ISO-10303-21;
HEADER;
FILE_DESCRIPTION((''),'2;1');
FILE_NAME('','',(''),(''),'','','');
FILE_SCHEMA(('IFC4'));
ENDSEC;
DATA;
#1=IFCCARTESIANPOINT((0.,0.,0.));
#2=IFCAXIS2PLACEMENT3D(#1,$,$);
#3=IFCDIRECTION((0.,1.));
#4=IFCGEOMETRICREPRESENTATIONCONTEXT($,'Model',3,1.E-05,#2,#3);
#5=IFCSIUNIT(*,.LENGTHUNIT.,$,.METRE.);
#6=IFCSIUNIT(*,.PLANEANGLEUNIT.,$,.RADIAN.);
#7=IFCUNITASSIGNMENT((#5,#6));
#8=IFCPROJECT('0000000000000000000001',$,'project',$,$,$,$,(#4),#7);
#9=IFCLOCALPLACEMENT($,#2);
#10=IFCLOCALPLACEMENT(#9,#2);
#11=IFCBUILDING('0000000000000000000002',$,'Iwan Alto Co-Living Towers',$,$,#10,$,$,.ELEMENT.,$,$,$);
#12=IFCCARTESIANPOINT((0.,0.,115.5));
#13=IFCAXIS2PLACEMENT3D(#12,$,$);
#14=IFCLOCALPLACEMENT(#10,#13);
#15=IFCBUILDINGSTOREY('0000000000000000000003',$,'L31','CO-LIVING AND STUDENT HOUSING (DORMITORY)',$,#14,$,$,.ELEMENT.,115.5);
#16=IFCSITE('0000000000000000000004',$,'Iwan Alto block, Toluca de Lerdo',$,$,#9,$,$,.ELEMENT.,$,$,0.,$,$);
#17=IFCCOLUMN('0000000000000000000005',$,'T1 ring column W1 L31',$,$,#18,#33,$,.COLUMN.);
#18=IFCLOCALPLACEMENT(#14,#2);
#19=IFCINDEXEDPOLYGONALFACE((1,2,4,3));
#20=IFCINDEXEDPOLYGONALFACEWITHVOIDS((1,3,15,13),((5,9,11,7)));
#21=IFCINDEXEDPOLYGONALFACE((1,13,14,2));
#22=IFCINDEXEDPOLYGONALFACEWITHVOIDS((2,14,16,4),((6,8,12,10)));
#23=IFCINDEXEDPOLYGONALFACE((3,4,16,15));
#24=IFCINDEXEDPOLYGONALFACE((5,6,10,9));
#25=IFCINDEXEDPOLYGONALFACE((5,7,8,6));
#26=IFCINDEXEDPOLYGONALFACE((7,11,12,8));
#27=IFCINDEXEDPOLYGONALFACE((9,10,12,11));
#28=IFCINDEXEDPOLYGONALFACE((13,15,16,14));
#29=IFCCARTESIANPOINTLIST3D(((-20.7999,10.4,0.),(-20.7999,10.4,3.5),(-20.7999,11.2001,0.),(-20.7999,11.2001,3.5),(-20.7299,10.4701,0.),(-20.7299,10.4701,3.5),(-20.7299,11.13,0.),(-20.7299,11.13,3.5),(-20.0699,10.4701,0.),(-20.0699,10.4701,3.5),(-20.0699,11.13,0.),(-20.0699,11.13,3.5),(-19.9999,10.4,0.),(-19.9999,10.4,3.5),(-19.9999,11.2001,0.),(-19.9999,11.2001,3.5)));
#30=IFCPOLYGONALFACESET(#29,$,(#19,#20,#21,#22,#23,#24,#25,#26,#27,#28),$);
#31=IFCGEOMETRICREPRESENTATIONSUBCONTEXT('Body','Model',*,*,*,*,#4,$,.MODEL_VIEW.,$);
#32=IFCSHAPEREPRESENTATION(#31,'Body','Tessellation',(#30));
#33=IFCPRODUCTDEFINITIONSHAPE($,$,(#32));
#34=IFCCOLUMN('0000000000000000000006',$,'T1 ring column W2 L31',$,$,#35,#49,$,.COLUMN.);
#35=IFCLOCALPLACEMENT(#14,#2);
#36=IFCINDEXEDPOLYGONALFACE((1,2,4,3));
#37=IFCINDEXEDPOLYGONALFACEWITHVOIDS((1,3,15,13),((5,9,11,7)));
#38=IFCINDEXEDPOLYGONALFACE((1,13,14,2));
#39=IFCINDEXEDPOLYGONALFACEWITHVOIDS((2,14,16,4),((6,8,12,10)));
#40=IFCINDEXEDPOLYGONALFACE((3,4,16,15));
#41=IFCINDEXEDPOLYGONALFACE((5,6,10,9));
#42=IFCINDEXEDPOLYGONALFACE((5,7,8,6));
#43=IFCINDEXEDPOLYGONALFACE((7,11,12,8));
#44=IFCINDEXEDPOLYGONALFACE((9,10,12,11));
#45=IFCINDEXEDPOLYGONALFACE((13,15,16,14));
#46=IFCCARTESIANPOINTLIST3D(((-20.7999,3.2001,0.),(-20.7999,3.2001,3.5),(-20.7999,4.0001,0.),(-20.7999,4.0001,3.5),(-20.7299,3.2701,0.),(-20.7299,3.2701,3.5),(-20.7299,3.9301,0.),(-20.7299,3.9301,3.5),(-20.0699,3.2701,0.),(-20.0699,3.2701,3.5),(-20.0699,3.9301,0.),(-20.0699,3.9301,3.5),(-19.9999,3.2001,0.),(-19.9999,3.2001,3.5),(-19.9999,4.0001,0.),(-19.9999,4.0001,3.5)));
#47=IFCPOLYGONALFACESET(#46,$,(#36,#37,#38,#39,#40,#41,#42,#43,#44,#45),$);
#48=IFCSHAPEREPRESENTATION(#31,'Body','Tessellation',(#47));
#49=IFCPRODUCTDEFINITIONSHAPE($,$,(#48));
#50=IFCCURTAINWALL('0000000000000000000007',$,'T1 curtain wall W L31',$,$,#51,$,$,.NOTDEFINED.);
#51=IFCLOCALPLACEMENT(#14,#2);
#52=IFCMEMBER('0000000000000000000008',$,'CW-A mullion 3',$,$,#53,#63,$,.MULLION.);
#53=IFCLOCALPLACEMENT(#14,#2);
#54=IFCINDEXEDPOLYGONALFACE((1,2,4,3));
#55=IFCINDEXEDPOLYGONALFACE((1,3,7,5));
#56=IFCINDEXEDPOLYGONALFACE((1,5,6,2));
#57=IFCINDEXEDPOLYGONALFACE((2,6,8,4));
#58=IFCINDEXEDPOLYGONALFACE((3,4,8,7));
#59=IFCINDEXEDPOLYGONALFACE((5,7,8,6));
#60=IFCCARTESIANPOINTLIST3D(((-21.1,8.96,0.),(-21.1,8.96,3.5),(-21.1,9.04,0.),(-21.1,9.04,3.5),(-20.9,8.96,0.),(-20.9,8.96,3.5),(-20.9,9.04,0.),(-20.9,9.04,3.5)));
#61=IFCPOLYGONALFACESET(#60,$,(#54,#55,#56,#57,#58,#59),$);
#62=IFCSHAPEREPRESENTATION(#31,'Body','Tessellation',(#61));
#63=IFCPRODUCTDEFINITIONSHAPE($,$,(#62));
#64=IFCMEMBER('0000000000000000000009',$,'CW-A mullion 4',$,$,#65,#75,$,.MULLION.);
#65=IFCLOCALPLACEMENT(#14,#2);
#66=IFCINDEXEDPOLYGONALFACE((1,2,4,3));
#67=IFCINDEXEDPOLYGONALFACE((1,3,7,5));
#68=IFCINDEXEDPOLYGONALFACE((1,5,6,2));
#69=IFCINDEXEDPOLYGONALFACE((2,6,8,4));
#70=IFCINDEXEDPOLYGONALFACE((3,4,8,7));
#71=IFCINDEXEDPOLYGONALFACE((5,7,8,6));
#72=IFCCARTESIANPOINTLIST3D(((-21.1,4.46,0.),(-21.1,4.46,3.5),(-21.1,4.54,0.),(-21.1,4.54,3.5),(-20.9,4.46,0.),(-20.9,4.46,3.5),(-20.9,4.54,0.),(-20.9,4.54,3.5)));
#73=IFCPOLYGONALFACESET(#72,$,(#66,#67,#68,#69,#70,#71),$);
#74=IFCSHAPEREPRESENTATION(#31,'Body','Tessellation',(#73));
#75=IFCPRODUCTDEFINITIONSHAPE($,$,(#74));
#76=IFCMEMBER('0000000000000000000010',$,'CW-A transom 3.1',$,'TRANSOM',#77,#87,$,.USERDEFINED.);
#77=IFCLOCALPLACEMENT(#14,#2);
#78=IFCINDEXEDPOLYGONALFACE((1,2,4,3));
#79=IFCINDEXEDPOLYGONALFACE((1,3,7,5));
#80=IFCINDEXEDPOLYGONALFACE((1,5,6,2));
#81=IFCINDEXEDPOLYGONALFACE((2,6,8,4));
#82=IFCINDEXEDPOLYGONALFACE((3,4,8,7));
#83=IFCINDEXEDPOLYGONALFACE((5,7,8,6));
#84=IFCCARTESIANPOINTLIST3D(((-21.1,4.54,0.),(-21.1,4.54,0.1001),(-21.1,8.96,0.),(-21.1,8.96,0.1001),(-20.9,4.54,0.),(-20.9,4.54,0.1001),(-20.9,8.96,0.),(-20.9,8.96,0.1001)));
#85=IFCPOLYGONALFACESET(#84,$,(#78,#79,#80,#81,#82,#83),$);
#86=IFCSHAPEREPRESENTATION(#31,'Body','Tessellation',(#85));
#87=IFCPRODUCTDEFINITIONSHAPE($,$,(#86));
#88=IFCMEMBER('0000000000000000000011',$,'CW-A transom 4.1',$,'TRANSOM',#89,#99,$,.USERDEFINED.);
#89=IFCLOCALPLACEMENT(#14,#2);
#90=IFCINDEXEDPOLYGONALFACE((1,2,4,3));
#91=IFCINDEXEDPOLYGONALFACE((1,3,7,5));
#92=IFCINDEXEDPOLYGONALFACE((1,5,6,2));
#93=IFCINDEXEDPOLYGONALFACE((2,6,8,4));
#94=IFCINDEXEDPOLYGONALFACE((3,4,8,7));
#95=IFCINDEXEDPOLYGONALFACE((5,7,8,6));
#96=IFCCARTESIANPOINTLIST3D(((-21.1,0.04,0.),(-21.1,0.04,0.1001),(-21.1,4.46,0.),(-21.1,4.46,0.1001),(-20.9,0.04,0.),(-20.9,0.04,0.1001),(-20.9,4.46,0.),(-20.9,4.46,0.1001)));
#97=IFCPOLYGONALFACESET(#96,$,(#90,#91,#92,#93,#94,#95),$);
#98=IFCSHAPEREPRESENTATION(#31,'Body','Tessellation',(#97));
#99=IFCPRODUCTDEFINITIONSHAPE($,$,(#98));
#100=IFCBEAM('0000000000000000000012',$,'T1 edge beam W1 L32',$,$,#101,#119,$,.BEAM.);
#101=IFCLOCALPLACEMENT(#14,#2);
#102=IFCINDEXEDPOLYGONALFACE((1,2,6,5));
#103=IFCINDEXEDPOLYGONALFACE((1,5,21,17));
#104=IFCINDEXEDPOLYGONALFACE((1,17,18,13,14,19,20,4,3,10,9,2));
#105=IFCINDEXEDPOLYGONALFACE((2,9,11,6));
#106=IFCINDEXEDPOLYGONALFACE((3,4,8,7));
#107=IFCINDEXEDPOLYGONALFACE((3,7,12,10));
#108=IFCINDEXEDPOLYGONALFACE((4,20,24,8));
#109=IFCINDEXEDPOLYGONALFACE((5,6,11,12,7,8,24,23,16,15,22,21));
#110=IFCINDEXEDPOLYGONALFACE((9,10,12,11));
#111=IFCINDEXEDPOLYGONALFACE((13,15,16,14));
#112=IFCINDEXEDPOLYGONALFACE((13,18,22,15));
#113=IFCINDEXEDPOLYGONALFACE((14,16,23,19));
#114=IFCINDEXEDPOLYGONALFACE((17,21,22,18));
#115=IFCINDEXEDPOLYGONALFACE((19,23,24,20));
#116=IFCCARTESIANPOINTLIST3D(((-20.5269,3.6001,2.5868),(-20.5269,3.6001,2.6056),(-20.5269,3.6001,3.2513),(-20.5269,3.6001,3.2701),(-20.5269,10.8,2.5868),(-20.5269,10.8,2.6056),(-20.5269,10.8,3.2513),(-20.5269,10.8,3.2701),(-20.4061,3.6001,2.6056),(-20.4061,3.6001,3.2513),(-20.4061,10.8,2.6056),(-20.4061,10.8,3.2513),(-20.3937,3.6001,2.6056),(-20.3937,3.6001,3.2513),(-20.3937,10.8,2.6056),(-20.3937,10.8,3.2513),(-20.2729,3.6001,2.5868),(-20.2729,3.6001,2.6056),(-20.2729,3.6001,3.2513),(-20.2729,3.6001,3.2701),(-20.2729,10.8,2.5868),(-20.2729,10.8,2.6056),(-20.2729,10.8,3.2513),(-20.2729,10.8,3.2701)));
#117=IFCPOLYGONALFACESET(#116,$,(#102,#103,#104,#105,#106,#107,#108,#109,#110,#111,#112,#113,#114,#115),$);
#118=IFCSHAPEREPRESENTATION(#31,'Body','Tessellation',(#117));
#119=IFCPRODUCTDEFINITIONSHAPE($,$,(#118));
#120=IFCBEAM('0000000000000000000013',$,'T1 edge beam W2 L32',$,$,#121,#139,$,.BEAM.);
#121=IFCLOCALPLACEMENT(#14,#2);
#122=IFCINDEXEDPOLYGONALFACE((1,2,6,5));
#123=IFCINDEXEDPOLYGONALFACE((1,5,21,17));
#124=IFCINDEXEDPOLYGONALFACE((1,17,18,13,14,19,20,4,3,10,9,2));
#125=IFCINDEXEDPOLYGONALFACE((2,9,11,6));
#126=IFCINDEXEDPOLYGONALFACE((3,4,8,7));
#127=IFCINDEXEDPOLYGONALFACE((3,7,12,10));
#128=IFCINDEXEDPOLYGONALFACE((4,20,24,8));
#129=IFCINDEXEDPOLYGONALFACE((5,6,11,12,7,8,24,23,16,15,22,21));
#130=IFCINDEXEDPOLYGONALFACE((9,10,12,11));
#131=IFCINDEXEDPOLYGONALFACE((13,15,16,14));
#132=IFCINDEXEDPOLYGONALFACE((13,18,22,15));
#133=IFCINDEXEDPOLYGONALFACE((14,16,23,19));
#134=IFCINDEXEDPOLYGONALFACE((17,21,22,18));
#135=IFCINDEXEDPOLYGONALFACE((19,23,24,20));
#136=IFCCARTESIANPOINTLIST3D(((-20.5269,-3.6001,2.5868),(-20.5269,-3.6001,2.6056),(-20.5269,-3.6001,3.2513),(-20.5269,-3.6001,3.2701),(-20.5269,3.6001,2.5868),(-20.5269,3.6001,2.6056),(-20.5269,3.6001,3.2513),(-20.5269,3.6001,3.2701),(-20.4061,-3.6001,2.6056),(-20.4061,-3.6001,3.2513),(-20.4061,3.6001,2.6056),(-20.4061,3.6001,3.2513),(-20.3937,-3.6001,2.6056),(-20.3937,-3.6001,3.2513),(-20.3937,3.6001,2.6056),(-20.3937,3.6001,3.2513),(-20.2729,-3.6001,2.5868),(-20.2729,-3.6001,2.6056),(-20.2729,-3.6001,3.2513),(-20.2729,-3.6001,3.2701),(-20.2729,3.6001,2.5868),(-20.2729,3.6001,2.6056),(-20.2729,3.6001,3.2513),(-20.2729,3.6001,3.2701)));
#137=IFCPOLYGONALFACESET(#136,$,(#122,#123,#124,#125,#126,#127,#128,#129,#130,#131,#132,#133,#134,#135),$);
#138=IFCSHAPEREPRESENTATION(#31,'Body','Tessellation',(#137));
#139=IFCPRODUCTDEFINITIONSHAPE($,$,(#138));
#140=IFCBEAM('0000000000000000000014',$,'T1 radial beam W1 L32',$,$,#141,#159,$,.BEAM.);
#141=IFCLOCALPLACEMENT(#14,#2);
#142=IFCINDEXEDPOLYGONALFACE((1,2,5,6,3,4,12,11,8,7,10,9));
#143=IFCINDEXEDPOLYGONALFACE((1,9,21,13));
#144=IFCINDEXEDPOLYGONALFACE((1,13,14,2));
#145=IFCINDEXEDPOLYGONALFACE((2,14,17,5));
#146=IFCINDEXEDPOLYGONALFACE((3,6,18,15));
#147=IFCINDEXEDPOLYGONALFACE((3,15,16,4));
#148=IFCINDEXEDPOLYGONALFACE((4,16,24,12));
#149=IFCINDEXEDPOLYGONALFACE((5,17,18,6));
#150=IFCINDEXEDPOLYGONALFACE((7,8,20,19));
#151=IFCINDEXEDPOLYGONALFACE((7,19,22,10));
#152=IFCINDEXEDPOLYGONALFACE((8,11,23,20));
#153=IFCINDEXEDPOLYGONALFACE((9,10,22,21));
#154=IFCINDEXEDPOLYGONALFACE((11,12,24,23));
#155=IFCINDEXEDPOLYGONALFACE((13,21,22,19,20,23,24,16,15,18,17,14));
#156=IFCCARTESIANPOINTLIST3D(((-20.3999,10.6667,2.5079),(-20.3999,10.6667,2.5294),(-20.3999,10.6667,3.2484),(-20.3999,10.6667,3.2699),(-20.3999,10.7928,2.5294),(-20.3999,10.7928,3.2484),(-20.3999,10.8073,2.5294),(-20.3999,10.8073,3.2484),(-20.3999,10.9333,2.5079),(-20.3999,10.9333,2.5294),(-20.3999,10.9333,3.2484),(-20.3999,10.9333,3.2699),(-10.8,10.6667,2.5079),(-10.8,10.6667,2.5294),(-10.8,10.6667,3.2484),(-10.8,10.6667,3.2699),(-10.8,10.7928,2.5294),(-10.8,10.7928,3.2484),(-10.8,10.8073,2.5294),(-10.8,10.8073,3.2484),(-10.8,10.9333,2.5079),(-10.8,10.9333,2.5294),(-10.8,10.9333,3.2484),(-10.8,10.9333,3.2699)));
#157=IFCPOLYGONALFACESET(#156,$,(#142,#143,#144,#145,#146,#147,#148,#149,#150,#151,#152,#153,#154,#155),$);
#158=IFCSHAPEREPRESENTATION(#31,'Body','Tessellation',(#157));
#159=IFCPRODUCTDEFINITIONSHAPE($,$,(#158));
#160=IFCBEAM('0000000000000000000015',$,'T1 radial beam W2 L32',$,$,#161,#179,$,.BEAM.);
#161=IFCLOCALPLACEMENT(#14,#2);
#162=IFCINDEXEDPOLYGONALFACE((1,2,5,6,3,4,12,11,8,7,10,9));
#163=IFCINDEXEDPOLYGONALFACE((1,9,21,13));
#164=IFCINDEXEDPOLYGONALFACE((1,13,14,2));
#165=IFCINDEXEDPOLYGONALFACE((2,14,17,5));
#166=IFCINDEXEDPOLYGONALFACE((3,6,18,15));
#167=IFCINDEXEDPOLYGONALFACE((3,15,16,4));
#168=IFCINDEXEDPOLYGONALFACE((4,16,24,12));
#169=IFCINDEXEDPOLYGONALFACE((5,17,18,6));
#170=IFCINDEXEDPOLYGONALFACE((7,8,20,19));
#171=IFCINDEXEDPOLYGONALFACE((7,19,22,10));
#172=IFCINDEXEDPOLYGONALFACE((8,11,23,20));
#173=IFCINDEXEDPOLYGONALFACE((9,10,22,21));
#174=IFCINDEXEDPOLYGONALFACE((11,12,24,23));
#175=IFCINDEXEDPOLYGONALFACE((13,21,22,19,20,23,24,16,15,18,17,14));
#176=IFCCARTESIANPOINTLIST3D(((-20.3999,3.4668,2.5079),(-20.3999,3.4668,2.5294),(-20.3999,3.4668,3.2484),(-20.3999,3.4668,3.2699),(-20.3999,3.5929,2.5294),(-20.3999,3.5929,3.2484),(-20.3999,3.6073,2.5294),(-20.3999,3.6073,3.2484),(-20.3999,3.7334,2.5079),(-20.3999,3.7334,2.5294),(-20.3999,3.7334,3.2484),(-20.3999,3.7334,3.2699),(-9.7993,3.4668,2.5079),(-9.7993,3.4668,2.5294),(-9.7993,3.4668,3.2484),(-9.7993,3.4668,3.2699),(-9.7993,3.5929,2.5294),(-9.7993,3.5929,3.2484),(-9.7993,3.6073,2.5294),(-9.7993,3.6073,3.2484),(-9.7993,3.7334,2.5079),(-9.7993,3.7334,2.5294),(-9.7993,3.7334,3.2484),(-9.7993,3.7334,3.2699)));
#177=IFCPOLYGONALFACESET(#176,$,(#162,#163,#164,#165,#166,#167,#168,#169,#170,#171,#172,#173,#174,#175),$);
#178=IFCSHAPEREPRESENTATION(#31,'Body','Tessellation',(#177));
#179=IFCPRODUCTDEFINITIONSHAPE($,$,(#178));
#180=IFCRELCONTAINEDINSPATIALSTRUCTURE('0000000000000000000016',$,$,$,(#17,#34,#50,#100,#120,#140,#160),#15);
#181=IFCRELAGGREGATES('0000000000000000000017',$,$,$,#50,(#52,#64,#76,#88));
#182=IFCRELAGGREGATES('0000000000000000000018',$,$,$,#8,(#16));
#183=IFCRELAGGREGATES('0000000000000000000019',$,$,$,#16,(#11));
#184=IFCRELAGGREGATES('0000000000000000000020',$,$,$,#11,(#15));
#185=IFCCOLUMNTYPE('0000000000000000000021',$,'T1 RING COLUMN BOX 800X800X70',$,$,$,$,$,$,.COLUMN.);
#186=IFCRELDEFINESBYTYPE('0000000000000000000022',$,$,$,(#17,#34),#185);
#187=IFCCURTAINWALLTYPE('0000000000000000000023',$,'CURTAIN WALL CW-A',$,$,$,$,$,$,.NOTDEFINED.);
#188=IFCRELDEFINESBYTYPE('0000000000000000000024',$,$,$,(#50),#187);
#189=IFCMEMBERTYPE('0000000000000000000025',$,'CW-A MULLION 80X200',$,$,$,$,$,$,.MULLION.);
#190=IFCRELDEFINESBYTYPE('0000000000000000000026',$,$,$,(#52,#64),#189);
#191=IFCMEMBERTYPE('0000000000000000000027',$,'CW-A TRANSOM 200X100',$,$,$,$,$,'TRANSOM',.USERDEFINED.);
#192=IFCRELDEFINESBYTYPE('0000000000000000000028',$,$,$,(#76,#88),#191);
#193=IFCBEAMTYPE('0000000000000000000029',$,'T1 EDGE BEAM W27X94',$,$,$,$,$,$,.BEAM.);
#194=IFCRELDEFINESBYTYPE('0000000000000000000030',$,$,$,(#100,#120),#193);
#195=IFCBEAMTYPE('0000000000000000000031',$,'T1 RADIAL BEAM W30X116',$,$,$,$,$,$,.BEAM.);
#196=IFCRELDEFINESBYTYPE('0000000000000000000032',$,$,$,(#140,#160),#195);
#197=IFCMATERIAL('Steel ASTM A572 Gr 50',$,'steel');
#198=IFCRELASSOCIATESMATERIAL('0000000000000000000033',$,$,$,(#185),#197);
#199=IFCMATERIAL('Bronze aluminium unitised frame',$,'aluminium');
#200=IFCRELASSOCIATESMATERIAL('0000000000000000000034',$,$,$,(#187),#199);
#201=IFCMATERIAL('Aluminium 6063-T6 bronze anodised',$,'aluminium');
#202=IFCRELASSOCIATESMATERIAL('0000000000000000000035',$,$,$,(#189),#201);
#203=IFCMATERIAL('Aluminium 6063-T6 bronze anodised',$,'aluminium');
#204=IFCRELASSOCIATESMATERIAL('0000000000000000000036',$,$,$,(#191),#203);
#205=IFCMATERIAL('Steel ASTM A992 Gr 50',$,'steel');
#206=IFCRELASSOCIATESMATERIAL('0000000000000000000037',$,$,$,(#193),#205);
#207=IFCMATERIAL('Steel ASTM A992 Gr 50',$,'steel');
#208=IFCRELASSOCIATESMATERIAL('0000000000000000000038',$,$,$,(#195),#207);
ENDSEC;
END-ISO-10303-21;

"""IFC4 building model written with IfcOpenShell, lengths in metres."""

from ifc_helpers import new_model, si_unit, direction, frame, origin, origin_2d, place, context, subcontext, project, spatial, rectangle, hollow_rectangle, i_section, extrude, material, material_profile, profile_set, type_object, element, aggregate, save


model = new_model("IFC4")

# Units and contexts
model_context = context("Model", 3, precision=1e-05, world=origin(), true_north=direction((0.0, 1.0)))
body_context = subcontext(model_context, "Body", "Model", "MODEL_VIEW")
ifc_project = project(units=[si_unit("LENGTHUNIT", "METRE"), si_unit("PLANEANGLEUNIT", "RADIAN")], contexts=[model_context])

# Site, building, storey
site_placement = place(None, origin())
site = spatial("IfcSite", under=ifc_project, at=site_placement, Name="Iwan Alto block, Toluca de Lerdo", CompositionType="ELEMENT", RefElevation=0.0)
building_placement = place(site_placement, origin())
building = spatial("IfcBuilding", under=site, at=building_placement, Name="Iwan Alto Co-Living Towers", CompositionType="ELEMENT")
storey_placement = place(building_placement, frame((0.0, 0.0, 115.5)))
storey = spatial("IfcBuildingStorey", under=building, at=storey_placement, Name="L31", Description="CO-LIVING AND STUDENT HOUSING (DORMITORY)", CompositionType="ELEMENT", Elevation=115.5)

# Columns
ifc_material_1 = material(Name="Steel ASTM A572 Gr 50", Category="steel")
ifc_material_profile_1 = material_profile(ifc_material_1, hollow_rectangle(XDim=0.8, YDim=0.8, WallThickness=0.0701, at=origin_2d()), Name="BOX 800X800X70")
ifc_profile_set_1 = profile_set([ifc_material_profile_1], Name="Steel ASTM A572 Gr 50")
column_type = type_object("IfcColumnType", Name="T1 RING COLUMN BOX 800X800X70", PredefinedType="COLUMN", material=ifc_profile_set_1)
for number, where, z_axis, x_axis, name in (
    (1, (-20.3999, 10.8, 0.0), (0.0, 0.0, 1.0), (1.0, 0.0, 0.0), "T1 ring column W1 L31"),
    (2, (-20.3999, 3.6001, 0.0), (0.0, 0.0, 1.0), (1.0, 0.0, 0.0), "T1 ring column W2 L31"),
):
    element("IfcColumn", number, at=place(storey_placement, frame(where, z_axis=z_axis, x_axis=x_axis)), inside=storey, type_object=column_type, Name=name, PredefinedType="COLUMN", context=body_context, shape_type="SweptSolid", body=[
        extrude(hollow_rectangle(XDim=0.8, YDim=0.8, WallThickness=0.0701, at=origin_2d()), origin(), (0.0, 0.0, 1.0), 3.5),
    ])

# Curtain wall, members
ifc_material_2 = material(Name="Bronze aluminium unitised frame", Category="aluminium")
curtain_wall_type = type_object("IfcCurtainWallType", Name="CURTAIN WALL CW-A", PredefinedType="NOTDEFINED", material=ifc_material_2)
curtain_wall_placement = place(storey_placement, origin())
curtain_wall = element("IfcCurtainWall", 3, at=curtain_wall_placement, inside=storey, type_object=curtain_wall_type, Name="T1 curtain wall W L31", PredefinedType="NOTDEFINED")
ifc_material_3 = material(Name="Aluminium 6063-T6 bronze anodised", Category="aluminium")
ifc_material_profile_2 = material_profile(ifc_material_3, rectangle(XDim=0.2, YDim=0.0801, at=origin_2d()), Name="AL 80X200")
ifc_profile_set_2 = profile_set([ifc_material_profile_2], Name="Aluminium 6063-T6 bronze anodised")
member_type_1 = type_object("IfcMemberType", Name="CW-A MULLION 80X200", PredefinedType="MULLION", material=ifc_profile_set_2)
member_1_placement = place(storey_placement, frame((-21.0, 9.0, 0.0), z_axis=(0.0, 0.0, 1.0), x_axis=(1.0, 0.0, 0.0)))
member_1 = element("IfcMember", 4, at=member_1_placement, type_object=member_type_1, Name="CW-A mullion 3", PredefinedType="MULLION", context=body_context, shape_type="SweptSolid", body=[
    extrude(rectangle(XDim=0.2, YDim=0.0801, at=origin_2d()), origin(), (0.0, 0.0, 1.0), 3.5),
])
member_2_placement = place(storey_placement, frame((-21.0, 4.5, 0.0), z_axis=(0.0, 0.0, 1.0), x_axis=(1.0, 0.0, 0.0)))
member_2 = element("IfcMember", 5, at=member_2_placement, type_object=member_type_1, Name="CW-A mullion 4", PredefinedType="MULLION", context=body_context, shape_type="SweptSolid", body=[
    extrude(rectangle(XDim=0.2, YDim=0.0801, at=origin_2d()), origin(), (0.0, 0.0, 1.0), 3.5),
])
ifc_material_4 = material(Name="Aluminium 6063-T6 bronze anodised", Category="aluminium")
ifc_material_profile_3 = material_profile(ifc_material_4, rectangle(XDim=0.2, YDim=0.1001, at=origin_2d()), Name="AL 200X100")
ifc_profile_set_3 = profile_set([ifc_material_profile_3], Name="Aluminium 6063-T6 bronze anodised")
member_type_2 = type_object("IfcMemberType", Name="CW-A TRANSOM 200X100", ElementType="TRANSOM", PredefinedType="USERDEFINED", material=ifc_profile_set_3)
member_3_placement = place(storey_placement, frame((-21.0, 8.96, 0.05), z_axis=(0.0, -1.0, 0.0), x_axis=(1.0, 0.0, 0.0)))
member_3 = element("IfcMember", 6, at=member_3_placement, type_object=member_type_2, Name="CW-A transom 3.1", ObjectType="TRANSOM", PredefinedType="USERDEFINED", context=body_context, shape_type="SweptSolid", body=[
    extrude(rectangle(XDim=0.2, YDim=0.1001, at=origin_2d()), origin(), (0.0, 0.0, 1.0), 4.4199),
])
member_4_placement = place(storey_placement, frame((-21.0, 4.46, 0.05), z_axis=(0.0, -1.0, 0.0), x_axis=(1.0, 0.0, 0.0)))
member_4 = element("IfcMember", 7, at=member_4_placement, type_object=member_type_2, Name="CW-A transom 4.1", ObjectType="TRANSOM", PredefinedType="USERDEFINED", context=body_context, shape_type="SweptSolid", body=[
    extrude(rectangle(XDim=0.2, YDim=0.1001, at=origin_2d()), origin(), (0.0, 0.0, 1.0), 4.4199),
])

# Beams
ifc_material_5 = material(Name="Steel ASTM A992 Gr 50", Category="steel")
ifc_material_profile_4 = material_profile(ifc_material_5, i_section(OverallWidth=0.2539, OverallDepth=0.6833, WebThickness=0.0125, FlangeThickness=0.0188, at=origin_2d()), Name="W27X94")
ifc_profile_set_4 = profile_set([ifc_material_profile_4], Name="Steel ASTM A992 Gr 50")
beam_type_1 = type_object("IfcBeamType", Name="T1 EDGE BEAM W27X94", PredefinedType="BEAM", material=ifc_profile_set_4)
beam_1_placement = place(storey_placement, frame((-20.3999, 10.8, 2.9285), z_axis=(0.0, -1.0, 0.0), x_axis=(1.0, 0.0, 0.0)))
element("IfcBeam", 8, at=beam_1_placement, inside=storey, type_object=beam_type_1, Name="T1 edge beam W1 L32", PredefinedType="BEAM", context=body_context, shape_type="SweptSolid", body=[
    extrude(i_section(OverallWidth=0.2539, OverallDepth=0.6833, WebThickness=0.0125, FlangeThickness=0.0188, at=origin_2d()), origin(), (0.0, 0.0, 1.0), 7.2),
])
beam_2_placement = place(storey_placement, frame((-20.3999, 3.6001, 2.9285), z_axis=(0.0, -1.0, 0.0), x_axis=(1.0, 0.0, 0.0)))
element("IfcBeam", 9, at=beam_2_placement, inside=storey, type_object=beam_type_1, Name="T1 edge beam W2 L32", PredefinedType="BEAM", context=body_context, shape_type="SweptSolid", body=[
    extrude(i_section(OverallWidth=0.2539, OverallDepth=0.6833, WebThickness=0.0125, FlangeThickness=0.0188, at=origin_2d()), origin(), (0.0, 0.0, 1.0), 7.2002),
])
ifc_material_6 = material(Name="Steel ASTM A992 Gr 50", Category="steel")
ifc_material_profile_5 = material_profile(ifc_material_6, i_section(OverallWidth=0.2666, OverallDepth=0.762, WebThickness=0.0144, FlangeThickness=0.0215, at=origin_2d()), Name="W30X116")
ifc_profile_set_5 = profile_set([ifc_material_profile_5], Name="Steel ASTM A992 Gr 50")
beam_type_2 = type_object("IfcBeamType", Name="T1 RADIAL BEAM W30X116", PredefinedType="BEAM", material=ifc_profile_set_5)
beam_3_placement = place(storey_placement, frame((-20.3999, 10.8, 2.8889), z_axis=(1.0, 0.0, 0.0), x_axis=(0.0, 1.0, 0.0)))
element("IfcBeam", 10, at=beam_3_placement, inside=storey, type_object=beam_type_2, Name="T1 radial beam W1 L32", PredefinedType="BEAM", context=body_context, shape_type="SweptSolid", body=[
    extrude(i_section(OverallWidth=0.2666, OverallDepth=0.762, WebThickness=0.0144, FlangeThickness=0.0215, at=origin_2d()), origin(), (0.0, 0.0, 1.0), 9.5999),
])
beam_4_placement = place(storey_placement, frame((-20.3999, 3.6001, 2.8889), z_axis=(1.0, 0.0, 0.0), x_axis=(0.0, 1.0, 0.0)))
element("IfcBeam", 11, at=beam_4_placement, inside=storey, type_object=beam_type_2, Name="T1 radial beam W2 L32", PredefinedType="BEAM", context=body_context, shape_type="SweptSolid", body=[
    extrude(i_section(OverallWidth=0.2666, OverallDepth=0.762, WebThickness=0.0144, FlangeThickness=0.0215, at=origin_2d()), origin(), (0.0, 0.0, 1.0), 10.6006),
])

aggregate(curtain_wall, [member_1, member_2, member_3, member_4])

save(model, "model.ifc")
